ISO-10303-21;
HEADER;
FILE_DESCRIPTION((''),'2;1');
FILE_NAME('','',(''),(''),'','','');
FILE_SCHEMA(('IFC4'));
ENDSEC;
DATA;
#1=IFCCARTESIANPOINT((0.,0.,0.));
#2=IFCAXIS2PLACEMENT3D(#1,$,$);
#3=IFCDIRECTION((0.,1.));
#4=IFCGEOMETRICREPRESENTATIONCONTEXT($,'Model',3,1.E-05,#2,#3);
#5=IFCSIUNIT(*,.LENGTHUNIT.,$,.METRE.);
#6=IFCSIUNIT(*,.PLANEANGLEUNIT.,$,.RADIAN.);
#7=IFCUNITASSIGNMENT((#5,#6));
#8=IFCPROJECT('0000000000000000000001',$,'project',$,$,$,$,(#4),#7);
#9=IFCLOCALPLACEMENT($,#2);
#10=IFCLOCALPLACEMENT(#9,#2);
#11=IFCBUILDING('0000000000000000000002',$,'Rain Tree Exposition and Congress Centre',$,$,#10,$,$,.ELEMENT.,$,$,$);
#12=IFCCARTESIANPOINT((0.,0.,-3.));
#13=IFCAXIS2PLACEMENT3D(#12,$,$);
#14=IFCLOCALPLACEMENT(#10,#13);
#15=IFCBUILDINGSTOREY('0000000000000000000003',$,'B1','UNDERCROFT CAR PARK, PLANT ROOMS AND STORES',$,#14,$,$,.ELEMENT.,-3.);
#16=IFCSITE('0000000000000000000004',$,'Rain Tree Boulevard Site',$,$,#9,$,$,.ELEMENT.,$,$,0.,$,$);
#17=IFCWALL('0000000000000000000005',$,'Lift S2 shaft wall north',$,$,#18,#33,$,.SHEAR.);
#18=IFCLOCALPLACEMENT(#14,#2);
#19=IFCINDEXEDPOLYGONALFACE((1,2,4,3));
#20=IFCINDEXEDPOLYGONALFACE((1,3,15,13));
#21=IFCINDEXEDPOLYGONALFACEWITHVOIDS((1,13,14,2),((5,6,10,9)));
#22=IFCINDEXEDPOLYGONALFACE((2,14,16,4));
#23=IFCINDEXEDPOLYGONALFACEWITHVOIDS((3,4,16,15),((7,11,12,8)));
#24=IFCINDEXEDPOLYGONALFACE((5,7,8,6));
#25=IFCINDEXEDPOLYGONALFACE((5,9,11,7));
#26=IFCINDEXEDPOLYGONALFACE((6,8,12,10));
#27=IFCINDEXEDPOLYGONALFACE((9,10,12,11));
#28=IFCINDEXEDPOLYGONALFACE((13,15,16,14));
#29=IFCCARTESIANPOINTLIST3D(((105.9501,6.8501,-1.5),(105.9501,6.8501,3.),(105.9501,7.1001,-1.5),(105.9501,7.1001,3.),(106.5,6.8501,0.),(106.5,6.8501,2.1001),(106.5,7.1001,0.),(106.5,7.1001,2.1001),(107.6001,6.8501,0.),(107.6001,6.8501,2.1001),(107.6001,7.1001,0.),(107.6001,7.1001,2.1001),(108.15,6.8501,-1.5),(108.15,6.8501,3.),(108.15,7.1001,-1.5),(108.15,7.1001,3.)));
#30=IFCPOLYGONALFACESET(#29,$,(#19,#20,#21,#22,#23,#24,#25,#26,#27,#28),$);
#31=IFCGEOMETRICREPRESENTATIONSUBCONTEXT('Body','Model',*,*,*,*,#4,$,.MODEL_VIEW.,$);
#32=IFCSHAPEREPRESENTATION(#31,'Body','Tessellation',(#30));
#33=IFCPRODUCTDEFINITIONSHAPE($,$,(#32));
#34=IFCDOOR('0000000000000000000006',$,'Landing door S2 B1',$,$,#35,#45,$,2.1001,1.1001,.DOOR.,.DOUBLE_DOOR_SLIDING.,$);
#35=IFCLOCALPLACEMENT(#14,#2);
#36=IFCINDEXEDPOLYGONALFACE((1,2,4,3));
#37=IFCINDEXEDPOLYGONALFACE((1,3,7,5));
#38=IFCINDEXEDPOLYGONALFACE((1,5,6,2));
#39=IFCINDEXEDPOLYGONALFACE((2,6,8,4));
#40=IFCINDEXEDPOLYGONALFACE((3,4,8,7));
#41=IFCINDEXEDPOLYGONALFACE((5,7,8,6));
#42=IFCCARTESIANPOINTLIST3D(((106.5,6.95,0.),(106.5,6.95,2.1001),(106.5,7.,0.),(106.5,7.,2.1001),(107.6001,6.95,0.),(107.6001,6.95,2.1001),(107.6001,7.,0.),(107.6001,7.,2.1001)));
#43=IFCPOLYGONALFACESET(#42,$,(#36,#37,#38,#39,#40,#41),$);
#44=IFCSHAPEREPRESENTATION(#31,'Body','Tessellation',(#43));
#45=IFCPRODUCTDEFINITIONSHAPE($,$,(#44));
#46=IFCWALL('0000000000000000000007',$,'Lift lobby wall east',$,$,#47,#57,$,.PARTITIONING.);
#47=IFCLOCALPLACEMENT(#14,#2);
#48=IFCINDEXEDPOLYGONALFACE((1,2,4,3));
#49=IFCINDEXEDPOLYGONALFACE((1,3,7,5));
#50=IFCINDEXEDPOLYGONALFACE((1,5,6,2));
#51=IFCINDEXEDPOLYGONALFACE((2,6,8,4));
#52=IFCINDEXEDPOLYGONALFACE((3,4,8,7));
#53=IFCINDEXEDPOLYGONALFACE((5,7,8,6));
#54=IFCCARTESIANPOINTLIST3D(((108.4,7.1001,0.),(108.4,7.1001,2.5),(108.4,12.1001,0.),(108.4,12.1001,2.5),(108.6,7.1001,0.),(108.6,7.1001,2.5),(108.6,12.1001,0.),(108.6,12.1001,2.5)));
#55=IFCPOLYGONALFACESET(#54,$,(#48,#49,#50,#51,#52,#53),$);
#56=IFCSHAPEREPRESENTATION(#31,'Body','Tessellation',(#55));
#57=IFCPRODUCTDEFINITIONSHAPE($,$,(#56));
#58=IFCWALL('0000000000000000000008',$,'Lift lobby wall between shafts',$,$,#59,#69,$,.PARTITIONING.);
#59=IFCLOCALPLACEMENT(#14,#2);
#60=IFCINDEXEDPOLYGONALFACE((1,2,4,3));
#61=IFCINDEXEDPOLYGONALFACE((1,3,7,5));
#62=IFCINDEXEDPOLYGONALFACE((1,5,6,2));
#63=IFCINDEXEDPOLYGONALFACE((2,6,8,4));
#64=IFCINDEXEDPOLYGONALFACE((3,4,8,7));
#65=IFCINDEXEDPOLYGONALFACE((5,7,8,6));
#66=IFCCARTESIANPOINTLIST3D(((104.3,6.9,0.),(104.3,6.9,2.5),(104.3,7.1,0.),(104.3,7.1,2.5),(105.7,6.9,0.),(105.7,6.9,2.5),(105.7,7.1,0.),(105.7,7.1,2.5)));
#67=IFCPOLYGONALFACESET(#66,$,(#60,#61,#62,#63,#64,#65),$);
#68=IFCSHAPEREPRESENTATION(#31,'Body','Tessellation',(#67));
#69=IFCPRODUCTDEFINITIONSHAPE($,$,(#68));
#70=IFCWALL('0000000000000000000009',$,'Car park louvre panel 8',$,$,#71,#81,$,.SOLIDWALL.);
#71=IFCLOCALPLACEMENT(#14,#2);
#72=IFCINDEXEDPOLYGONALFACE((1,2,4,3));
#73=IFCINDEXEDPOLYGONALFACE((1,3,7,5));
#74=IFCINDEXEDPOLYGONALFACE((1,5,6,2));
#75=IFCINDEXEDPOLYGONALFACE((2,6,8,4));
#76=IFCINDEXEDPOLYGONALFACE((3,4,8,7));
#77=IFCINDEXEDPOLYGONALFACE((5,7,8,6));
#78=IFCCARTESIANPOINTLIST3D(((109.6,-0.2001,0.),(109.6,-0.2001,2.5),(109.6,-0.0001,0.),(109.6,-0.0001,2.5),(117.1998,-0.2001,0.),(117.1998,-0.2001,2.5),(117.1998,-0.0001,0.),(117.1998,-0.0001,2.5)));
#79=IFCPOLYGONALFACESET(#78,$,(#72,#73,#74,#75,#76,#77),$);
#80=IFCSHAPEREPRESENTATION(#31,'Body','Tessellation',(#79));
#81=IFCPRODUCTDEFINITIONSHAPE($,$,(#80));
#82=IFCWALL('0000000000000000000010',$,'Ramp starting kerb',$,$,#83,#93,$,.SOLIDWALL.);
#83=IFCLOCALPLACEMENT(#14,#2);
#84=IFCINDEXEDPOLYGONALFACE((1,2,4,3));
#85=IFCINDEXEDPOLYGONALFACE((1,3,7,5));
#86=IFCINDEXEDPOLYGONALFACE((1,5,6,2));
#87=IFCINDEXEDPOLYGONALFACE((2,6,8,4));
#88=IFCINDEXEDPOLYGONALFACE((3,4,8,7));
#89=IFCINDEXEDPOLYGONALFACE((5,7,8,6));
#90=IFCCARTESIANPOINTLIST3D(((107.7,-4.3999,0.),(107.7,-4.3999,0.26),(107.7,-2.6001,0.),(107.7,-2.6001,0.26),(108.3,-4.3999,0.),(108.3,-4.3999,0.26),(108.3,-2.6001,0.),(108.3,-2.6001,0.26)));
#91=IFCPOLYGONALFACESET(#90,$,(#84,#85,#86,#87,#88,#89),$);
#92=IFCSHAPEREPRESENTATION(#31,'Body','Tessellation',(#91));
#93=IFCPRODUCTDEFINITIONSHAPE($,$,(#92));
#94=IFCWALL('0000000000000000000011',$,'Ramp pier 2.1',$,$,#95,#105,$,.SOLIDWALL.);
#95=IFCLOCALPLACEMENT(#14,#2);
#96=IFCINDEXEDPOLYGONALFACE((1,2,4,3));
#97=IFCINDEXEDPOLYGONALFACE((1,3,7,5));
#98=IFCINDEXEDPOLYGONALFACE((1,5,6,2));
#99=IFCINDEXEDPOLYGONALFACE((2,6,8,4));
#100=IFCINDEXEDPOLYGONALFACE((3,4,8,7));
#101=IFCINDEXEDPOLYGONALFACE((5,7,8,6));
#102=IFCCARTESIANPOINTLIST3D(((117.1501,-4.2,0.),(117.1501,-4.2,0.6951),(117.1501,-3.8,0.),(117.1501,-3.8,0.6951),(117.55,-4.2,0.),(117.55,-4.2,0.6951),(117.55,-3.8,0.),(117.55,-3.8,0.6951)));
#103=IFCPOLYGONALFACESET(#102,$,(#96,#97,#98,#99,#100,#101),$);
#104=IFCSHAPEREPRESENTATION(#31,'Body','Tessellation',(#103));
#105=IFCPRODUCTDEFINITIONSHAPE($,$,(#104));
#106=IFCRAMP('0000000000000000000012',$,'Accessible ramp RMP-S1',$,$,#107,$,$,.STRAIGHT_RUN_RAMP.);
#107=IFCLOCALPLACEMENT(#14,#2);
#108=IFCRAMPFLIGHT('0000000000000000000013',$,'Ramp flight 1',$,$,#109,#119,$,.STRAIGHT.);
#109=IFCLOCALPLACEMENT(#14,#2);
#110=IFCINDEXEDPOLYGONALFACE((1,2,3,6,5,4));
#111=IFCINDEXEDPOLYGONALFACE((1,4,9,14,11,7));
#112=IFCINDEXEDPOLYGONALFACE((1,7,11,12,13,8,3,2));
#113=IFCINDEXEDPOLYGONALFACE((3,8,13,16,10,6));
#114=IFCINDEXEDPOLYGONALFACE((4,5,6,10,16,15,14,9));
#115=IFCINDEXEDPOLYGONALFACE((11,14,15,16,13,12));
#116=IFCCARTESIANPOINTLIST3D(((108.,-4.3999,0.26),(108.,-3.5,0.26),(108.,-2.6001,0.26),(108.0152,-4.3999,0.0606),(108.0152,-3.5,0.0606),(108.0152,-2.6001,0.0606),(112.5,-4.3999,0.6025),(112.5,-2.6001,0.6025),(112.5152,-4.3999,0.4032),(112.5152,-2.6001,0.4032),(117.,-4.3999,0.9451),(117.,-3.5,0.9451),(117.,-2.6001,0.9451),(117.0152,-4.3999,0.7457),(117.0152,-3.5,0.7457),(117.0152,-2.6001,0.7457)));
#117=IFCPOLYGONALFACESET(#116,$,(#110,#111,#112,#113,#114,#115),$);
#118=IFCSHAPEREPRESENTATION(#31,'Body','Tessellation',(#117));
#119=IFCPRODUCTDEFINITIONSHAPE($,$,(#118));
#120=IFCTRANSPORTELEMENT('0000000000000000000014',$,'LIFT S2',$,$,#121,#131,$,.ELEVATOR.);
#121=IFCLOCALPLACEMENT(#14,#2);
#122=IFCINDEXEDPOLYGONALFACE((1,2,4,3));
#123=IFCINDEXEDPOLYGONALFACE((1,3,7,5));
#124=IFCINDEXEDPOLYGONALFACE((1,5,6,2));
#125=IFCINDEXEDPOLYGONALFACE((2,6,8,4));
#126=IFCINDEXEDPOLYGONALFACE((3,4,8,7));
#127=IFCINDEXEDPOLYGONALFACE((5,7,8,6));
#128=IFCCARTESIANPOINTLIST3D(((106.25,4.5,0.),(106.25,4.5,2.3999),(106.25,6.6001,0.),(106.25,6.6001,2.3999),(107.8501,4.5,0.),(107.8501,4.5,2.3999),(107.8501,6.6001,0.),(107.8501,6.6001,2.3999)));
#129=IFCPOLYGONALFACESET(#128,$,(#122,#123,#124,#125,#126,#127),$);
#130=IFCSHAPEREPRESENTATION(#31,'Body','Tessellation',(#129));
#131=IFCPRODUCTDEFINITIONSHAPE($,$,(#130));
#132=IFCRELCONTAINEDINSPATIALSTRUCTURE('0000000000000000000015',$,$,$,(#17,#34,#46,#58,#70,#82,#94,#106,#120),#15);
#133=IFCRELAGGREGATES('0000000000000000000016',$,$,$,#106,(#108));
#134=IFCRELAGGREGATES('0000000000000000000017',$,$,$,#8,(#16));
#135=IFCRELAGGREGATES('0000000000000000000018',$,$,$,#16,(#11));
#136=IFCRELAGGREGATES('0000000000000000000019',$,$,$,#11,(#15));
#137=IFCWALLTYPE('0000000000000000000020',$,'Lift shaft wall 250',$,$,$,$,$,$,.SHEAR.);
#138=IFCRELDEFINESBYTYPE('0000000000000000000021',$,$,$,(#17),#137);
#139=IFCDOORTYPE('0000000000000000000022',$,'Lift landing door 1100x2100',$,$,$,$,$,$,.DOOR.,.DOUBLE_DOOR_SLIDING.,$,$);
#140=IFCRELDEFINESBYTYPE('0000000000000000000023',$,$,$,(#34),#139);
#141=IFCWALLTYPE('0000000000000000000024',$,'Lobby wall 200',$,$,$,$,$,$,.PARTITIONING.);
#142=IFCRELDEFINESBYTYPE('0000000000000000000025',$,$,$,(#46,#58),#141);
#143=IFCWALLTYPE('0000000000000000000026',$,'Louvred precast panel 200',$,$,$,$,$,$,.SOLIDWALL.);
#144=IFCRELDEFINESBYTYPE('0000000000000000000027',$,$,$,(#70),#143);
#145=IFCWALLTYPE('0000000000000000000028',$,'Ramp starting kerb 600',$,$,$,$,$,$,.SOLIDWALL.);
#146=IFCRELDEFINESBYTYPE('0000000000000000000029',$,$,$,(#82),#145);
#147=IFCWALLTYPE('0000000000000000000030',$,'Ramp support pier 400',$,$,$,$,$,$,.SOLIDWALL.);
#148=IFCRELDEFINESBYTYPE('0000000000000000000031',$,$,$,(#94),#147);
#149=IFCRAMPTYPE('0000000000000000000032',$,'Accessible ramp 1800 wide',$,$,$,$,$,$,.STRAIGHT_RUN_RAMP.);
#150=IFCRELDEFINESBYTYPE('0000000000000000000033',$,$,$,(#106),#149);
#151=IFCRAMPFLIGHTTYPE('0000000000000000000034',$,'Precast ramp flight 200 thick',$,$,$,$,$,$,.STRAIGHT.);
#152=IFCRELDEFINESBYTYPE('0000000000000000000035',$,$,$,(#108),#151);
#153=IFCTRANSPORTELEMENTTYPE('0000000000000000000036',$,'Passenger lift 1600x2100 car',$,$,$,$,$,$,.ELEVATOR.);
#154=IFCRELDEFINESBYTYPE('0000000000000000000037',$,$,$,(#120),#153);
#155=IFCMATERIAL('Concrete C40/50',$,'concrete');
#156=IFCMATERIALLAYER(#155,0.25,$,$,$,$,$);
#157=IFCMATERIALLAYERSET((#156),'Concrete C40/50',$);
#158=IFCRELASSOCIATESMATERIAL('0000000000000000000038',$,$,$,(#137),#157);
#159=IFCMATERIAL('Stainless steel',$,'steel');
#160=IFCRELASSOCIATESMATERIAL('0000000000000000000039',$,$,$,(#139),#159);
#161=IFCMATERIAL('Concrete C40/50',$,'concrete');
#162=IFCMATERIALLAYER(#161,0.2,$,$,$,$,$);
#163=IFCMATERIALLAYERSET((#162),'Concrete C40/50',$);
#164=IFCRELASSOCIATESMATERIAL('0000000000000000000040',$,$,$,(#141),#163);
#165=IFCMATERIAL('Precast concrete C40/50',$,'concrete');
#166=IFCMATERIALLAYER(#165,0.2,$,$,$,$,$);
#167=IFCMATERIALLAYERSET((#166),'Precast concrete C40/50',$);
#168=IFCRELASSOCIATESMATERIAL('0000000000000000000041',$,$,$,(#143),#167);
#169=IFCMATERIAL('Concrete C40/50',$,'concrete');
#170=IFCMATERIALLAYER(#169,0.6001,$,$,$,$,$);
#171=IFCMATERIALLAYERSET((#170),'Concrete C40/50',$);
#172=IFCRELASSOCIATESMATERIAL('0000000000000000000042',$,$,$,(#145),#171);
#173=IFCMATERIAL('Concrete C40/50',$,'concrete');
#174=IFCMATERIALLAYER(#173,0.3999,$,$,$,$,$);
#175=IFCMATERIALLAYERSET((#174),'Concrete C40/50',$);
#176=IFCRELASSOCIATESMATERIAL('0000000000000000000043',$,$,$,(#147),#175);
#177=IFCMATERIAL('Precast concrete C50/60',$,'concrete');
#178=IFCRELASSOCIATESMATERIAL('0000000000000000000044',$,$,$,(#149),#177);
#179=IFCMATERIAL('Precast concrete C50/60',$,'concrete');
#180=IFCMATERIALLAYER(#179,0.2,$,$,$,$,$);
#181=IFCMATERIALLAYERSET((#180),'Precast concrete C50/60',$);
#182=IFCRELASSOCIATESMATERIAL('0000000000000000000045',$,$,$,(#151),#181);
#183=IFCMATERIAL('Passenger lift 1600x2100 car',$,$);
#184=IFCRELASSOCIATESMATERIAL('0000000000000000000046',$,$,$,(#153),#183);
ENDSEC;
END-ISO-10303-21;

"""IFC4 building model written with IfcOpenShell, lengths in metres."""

from ifc_helpers import new_model, si_unit, direction, frame, frame_2d, origin, origin_2d, place, context, subcontext, project, spatial, polyline, rectangle, outline, extrude, material, layer, layer_set, type_object, element, fill, aggregate, save


model = new_model("IFC4")

# Units and contexts
model_context = context("Model", 3, precision=1e-05, world=origin(), true_north=direction((0.0, 1.0)))
body_context = subcontext(model_context, "Body", "Model", "MODEL_VIEW")
ifc_project = project(units=[si_unit("LENGTHUNIT", "METRE"), si_unit("PLANEANGLEUNIT", "RADIAN")], contexts=[model_context])

# Site, building, storey
site_placement = place(None, origin())
site = spatial("IfcSite", under=ifc_project, at=site_placement, Name="Rain Tree Boulevard Site", CompositionType="ELEMENT", RefElevation=0.0)
building_placement = place(site_placement, origin())
building = spatial("IfcBuilding", under=site, at=building_placement, Name="Rain Tree Exposition and Congress Centre", CompositionType="ELEMENT")
storey_placement = place(building_placement, frame((0.0, 0.0, -3.0)))
storey = spatial("IfcBuildingStorey", under=building, at=storey_placement, Name="B1", Description="UNDERCROFT CAR PARK, PLANT ROOMS AND STORES", CompositionType="ELEMENT", Elevation=-3.0)

# Shared definitions
ifc_material_1 = material(Name="Concrete C40/50", Category="concrete")
ifc_layer_1 = layer(ifc_material_1, 0.25)
ifc_layer_set_1 = layer_set([ifc_layer_1], Name="Concrete C40/50")
wall_type_1 = type_object("IfcWallType", Name="Lift shaft wall 250", PredefinedType="SHEAR", material=ifc_layer_set_1)

# Wall, opening, door
wall_1_placement = place(storey_placement, frame((105.95, 6.9751, -1.5), z_axis=(0.0, 0.0, 1.0), x_axis=(1.0, 0.0, 0.0)))
wall_1 = element("IfcWall", 1, at=wall_1_placement, inside=storey, type_object=wall_type_1, Name="Lift S2 shaft wall north", PredefinedType="SHEAR", context=body_context, shape_type="SweptSolid", body=[
    extrude(rectangle(XDim=2.2, YDim=0.25, at=frame_2d((1.1001, 0.0))), origin(), (0.0, 0.0, 1.0), 4.5),
])
opening_placement = place(wall_1_placement, frame((0.55, 0.0, 1.5)))
opening = element("IfcOpeningElement", 2, at=opening_placement, cuts=wall_1, PredefinedType="OPENING", context=body_context, shape_type="SweptSolid", body=[
    extrude(rectangle(XDim=1.1001, YDim=2.1001, at=frame_2d((0.55, 1.05))), frame((0.0, 0.125, 0.0), z_axis=(0.0, -1.0, 0.0), x_axis=(1.0, 0.0, 0.0)), (0.0, 0.0, 1.0), 0.25),
])
ifc_material_2 = material(Name="Stainless steel", Category="steel")
door_type = type_object("IfcDoorType", Name="Lift landing door 1100x2100", OperationType="DOUBLE_DOOR_SLIDING", PredefinedType="DOOR", material=ifc_material_2)
door_placement = place(opening_placement, origin())
door = element("IfcDoor", 3, at=door_placement, inside=storey, type_object=door_type, Name="Landing door S2 B1", OperationType="DOUBLE_DOOR_SLIDING", OverallHeight=2.1001, OverallWidth=1.1001, PredefinedType="DOOR", context=body_context, shape_type="SweptSolid", body=[
    extrude(rectangle(XDim=1.1001, YDim=2.1001, at=frame_2d((0.55, 1.05))), frame((0.0, 0.0249, 0.0), z_axis=(0.0, -1.0, 0.0), x_axis=(1.0, 0.0, 0.0)), (0.0, 0.0, 1.0), 0.05),
])
fill(opening, door)

# Walls
ifc_material_3 = material(Name="Concrete C40/50", Category="concrete")
ifc_layer_2 = layer(ifc_material_3, 0.2)
ifc_layer_set_2 = layer_set([ifc_layer_2], Name="Concrete C40/50")
wall_type_2 = type_object("IfcWallType", Name="Lobby wall 200", PredefinedType="PARTITIONING", material=ifc_layer_set_2)
wall_2_placement = place(storey_placement, frame((108.5, 7.1001, 0.0), z_axis=(0.0, 0.0, 1.0), x_axis=(0.0, 1.0, 0.0)))
element("IfcWall", 4, at=wall_2_placement, inside=storey, type_object=wall_type_2, Name="Lift lobby wall east", PredefinedType="PARTITIONING", context=body_context, shape_type="SweptSolid", body=[
    extrude(rectangle(XDim=5.0, YDim=0.2, at=frame_2d((2.5, 0.0))), origin(), (0.0, 0.0, 1.0), 2.5),
])
wall_3_placement = place(storey_placement, frame((104.3, 7.0, 0.0), z_axis=(0.0, 0.0, 1.0), x_axis=(1.0, 0.0, 0.0)))
element("IfcWall", 5, at=wall_3_placement, inside=storey, type_object=wall_type_2, Name="Lift lobby wall between shafts", PredefinedType="PARTITIONING", context=body_context, shape_type="SweptSolid", body=[
    extrude(rectangle(XDim=1.3999, YDim=0.2, at=frame_2d((0.7, 0.0))), origin(), (0.0, 0.0, 1.0), 2.5),
])
ifc_material_4 = material(Name="Precast concrete C40/50", Category="concrete")
ifc_layer_3 = layer(ifc_material_4, 0.2)
ifc_layer_set_3 = layer_set([ifc_layer_3], Name="Precast concrete C40/50")
wall_type_3 = type_object("IfcWallType", Name="Louvred precast panel 200", PredefinedType="SOLIDWALL", material=ifc_layer_set_3)
wall_4_placement = place(storey_placement, frame((109.6001, -0.1001, 0.0), z_axis=(0.0, 0.0, 1.0), x_axis=(1.0, 0.0, 0.0)))
element("IfcWall", 6, at=wall_4_placement, inside=storey, type_object=wall_type_3, Name="Car park louvre panel 8", PredefinedType="SOLIDWALL", context=body_context, shape_type="SweptSolid", body=[
    extrude(rectangle(XDim=7.5999, YDim=0.2, at=frame_2d((3.7998, 0.0))), origin(), (0.0, 0.0, 1.0), 2.5),
])
ifc_material_5 = material(Name="Concrete C40/50", Category="concrete")
ifc_layer_4 = layer(ifc_material_5, 0.6001)
ifc_layer_set_4 = layer_set([ifc_layer_4], Name="Concrete C40/50")
wall_type_4 = type_object("IfcWallType", Name="Ramp starting kerb 600", PredefinedType="SOLIDWALL", material=ifc_layer_set_4)
wall_5_placement = place(storey_placement, frame((108.0, -4.3999, 0.0), z_axis=(0.0, 0.0, 1.0), x_axis=(0.0, 1.0, 0.0)))
element("IfcWall", 7, at=wall_5_placement, inside=storey, type_object=wall_type_4, Name="Ramp starting kerb", PredefinedType="SOLIDWALL", context=body_context, shape_type="SweptSolid", body=[
    extrude(rectangle(XDim=1.7998, YDim=0.6001, at=frame_2d((0.8999, 0.0))), origin(), (0.0, 0.0, 1.0), 0.26),
])
ifc_material_6 = material(Name="Concrete C40/50", Category="concrete")
ifc_layer_5 = layer(ifc_material_6, 0.3999)
ifc_layer_set_5 = layer_set([ifc_layer_5], Name="Concrete C40/50")
wall_type_5 = type_object("IfcWallType", Name="Ramp support pier 400", PredefinedType="SOLIDWALL", material=ifc_layer_set_5)
wall_6_placement = place(storey_placement, frame((117.3501, -4.2, 0.0), z_axis=(0.0, 0.0, 1.0), x_axis=(0.0, 1.0, 0.0)))
element("IfcWall", 8, at=wall_6_placement, inside=storey, type_object=wall_type_5, Name="Ramp pier 2.1", PredefinedType="SOLIDWALL", context=body_context, shape_type="SweptSolid", body=[
    extrude(rectangle(XDim=0.3999, YDim=0.3999, at=frame_2d((0.2, 0.0))), origin(), (0.0, 0.0, 1.0), 0.6951),
])

# Ramp, ramp flight
ifc_material_7 = material(Name="Precast concrete C50/60", Category="concrete")
ramp_type = type_object("IfcRampType", Name="Accessible ramp 1800 wide", PredefinedType="STRAIGHT_RUN_RAMP", material=ifc_material_7)
ramp_placement = place(storey_placement, origin())
ramp = element("IfcRamp", 9, at=ramp_placement, inside=storey, type_object=ramp_type, Name="Accessible ramp RMP-S1", PredefinedType="STRAIGHT_RUN_RAMP")
ifc_material_8 = material(Name="Precast concrete C50/60", Category="concrete")
ifc_layer_6 = layer(ifc_material_8, 0.2)
ifc_layer_set_6 = layer_set([ifc_layer_6], Name="Precast concrete C50/60")
ramp_flight_type = type_object("IfcRampFlightType", Name="Precast ramp flight 200 thick", PredefinedType="STRAIGHT", material=ifc_layer_set_6)
ramp_flight_placement = place(storey_placement, frame((108.0, -4.3999, 0.26), z_axis=(-0.075898, 0.0, 0.997116), x_axis=(0.997116, 0.0, 0.075898)))
ramp_flight = element("IfcRampFlight", 10, at=ramp_flight_placement, type_object=ramp_flight_type, Name="Ramp flight 1", PredefinedType="STRAIGHT", context=body_context, shape_type="SweptSolid", body=[
    extrude(outline(polyline([(0.0, 0.0), (4.513, 0.0), (9.026, 0.0), (9.026, 0.8999), (9.026, 1.7998), (4.513, 1.7998), (0.0, 1.7998), (0.0, 0.8999), (0.0, 0.0)])), origin(), (0.0, 0.0, -1.0), 0.2),
])
aggregate(ramp, [ramp_flight])

# Transport element
ifc_material_9 = material(Name="Passenger lift 1600x2100 car")
transport_element_type = type_object("IfcTransportElementType", Name="Passenger lift 1600x2100 car", PredefinedType="ELEVATOR", material=ifc_material_9)
transport_element_placement = place(storey_placement, frame((107.05, 5.55, 0.0), z_axis=(0.0, 0.0, 1.0), x_axis=(1.0, 0.0, 0.0)))
element("IfcTransportElement", 11, at=transport_element_placement, inside=storey, type_object=transport_element_type, Name="LIFT S2", PredefinedType="ELEVATOR", context=body_context, shape_type="SweptSolid", body=[
    extrude(rectangle(XDim=1.6001, YDim=2.1001, at=origin_2d()), origin(), (0.0, 0.0, 1.0), 2.3999),
])

save(model, "model.ifc")
